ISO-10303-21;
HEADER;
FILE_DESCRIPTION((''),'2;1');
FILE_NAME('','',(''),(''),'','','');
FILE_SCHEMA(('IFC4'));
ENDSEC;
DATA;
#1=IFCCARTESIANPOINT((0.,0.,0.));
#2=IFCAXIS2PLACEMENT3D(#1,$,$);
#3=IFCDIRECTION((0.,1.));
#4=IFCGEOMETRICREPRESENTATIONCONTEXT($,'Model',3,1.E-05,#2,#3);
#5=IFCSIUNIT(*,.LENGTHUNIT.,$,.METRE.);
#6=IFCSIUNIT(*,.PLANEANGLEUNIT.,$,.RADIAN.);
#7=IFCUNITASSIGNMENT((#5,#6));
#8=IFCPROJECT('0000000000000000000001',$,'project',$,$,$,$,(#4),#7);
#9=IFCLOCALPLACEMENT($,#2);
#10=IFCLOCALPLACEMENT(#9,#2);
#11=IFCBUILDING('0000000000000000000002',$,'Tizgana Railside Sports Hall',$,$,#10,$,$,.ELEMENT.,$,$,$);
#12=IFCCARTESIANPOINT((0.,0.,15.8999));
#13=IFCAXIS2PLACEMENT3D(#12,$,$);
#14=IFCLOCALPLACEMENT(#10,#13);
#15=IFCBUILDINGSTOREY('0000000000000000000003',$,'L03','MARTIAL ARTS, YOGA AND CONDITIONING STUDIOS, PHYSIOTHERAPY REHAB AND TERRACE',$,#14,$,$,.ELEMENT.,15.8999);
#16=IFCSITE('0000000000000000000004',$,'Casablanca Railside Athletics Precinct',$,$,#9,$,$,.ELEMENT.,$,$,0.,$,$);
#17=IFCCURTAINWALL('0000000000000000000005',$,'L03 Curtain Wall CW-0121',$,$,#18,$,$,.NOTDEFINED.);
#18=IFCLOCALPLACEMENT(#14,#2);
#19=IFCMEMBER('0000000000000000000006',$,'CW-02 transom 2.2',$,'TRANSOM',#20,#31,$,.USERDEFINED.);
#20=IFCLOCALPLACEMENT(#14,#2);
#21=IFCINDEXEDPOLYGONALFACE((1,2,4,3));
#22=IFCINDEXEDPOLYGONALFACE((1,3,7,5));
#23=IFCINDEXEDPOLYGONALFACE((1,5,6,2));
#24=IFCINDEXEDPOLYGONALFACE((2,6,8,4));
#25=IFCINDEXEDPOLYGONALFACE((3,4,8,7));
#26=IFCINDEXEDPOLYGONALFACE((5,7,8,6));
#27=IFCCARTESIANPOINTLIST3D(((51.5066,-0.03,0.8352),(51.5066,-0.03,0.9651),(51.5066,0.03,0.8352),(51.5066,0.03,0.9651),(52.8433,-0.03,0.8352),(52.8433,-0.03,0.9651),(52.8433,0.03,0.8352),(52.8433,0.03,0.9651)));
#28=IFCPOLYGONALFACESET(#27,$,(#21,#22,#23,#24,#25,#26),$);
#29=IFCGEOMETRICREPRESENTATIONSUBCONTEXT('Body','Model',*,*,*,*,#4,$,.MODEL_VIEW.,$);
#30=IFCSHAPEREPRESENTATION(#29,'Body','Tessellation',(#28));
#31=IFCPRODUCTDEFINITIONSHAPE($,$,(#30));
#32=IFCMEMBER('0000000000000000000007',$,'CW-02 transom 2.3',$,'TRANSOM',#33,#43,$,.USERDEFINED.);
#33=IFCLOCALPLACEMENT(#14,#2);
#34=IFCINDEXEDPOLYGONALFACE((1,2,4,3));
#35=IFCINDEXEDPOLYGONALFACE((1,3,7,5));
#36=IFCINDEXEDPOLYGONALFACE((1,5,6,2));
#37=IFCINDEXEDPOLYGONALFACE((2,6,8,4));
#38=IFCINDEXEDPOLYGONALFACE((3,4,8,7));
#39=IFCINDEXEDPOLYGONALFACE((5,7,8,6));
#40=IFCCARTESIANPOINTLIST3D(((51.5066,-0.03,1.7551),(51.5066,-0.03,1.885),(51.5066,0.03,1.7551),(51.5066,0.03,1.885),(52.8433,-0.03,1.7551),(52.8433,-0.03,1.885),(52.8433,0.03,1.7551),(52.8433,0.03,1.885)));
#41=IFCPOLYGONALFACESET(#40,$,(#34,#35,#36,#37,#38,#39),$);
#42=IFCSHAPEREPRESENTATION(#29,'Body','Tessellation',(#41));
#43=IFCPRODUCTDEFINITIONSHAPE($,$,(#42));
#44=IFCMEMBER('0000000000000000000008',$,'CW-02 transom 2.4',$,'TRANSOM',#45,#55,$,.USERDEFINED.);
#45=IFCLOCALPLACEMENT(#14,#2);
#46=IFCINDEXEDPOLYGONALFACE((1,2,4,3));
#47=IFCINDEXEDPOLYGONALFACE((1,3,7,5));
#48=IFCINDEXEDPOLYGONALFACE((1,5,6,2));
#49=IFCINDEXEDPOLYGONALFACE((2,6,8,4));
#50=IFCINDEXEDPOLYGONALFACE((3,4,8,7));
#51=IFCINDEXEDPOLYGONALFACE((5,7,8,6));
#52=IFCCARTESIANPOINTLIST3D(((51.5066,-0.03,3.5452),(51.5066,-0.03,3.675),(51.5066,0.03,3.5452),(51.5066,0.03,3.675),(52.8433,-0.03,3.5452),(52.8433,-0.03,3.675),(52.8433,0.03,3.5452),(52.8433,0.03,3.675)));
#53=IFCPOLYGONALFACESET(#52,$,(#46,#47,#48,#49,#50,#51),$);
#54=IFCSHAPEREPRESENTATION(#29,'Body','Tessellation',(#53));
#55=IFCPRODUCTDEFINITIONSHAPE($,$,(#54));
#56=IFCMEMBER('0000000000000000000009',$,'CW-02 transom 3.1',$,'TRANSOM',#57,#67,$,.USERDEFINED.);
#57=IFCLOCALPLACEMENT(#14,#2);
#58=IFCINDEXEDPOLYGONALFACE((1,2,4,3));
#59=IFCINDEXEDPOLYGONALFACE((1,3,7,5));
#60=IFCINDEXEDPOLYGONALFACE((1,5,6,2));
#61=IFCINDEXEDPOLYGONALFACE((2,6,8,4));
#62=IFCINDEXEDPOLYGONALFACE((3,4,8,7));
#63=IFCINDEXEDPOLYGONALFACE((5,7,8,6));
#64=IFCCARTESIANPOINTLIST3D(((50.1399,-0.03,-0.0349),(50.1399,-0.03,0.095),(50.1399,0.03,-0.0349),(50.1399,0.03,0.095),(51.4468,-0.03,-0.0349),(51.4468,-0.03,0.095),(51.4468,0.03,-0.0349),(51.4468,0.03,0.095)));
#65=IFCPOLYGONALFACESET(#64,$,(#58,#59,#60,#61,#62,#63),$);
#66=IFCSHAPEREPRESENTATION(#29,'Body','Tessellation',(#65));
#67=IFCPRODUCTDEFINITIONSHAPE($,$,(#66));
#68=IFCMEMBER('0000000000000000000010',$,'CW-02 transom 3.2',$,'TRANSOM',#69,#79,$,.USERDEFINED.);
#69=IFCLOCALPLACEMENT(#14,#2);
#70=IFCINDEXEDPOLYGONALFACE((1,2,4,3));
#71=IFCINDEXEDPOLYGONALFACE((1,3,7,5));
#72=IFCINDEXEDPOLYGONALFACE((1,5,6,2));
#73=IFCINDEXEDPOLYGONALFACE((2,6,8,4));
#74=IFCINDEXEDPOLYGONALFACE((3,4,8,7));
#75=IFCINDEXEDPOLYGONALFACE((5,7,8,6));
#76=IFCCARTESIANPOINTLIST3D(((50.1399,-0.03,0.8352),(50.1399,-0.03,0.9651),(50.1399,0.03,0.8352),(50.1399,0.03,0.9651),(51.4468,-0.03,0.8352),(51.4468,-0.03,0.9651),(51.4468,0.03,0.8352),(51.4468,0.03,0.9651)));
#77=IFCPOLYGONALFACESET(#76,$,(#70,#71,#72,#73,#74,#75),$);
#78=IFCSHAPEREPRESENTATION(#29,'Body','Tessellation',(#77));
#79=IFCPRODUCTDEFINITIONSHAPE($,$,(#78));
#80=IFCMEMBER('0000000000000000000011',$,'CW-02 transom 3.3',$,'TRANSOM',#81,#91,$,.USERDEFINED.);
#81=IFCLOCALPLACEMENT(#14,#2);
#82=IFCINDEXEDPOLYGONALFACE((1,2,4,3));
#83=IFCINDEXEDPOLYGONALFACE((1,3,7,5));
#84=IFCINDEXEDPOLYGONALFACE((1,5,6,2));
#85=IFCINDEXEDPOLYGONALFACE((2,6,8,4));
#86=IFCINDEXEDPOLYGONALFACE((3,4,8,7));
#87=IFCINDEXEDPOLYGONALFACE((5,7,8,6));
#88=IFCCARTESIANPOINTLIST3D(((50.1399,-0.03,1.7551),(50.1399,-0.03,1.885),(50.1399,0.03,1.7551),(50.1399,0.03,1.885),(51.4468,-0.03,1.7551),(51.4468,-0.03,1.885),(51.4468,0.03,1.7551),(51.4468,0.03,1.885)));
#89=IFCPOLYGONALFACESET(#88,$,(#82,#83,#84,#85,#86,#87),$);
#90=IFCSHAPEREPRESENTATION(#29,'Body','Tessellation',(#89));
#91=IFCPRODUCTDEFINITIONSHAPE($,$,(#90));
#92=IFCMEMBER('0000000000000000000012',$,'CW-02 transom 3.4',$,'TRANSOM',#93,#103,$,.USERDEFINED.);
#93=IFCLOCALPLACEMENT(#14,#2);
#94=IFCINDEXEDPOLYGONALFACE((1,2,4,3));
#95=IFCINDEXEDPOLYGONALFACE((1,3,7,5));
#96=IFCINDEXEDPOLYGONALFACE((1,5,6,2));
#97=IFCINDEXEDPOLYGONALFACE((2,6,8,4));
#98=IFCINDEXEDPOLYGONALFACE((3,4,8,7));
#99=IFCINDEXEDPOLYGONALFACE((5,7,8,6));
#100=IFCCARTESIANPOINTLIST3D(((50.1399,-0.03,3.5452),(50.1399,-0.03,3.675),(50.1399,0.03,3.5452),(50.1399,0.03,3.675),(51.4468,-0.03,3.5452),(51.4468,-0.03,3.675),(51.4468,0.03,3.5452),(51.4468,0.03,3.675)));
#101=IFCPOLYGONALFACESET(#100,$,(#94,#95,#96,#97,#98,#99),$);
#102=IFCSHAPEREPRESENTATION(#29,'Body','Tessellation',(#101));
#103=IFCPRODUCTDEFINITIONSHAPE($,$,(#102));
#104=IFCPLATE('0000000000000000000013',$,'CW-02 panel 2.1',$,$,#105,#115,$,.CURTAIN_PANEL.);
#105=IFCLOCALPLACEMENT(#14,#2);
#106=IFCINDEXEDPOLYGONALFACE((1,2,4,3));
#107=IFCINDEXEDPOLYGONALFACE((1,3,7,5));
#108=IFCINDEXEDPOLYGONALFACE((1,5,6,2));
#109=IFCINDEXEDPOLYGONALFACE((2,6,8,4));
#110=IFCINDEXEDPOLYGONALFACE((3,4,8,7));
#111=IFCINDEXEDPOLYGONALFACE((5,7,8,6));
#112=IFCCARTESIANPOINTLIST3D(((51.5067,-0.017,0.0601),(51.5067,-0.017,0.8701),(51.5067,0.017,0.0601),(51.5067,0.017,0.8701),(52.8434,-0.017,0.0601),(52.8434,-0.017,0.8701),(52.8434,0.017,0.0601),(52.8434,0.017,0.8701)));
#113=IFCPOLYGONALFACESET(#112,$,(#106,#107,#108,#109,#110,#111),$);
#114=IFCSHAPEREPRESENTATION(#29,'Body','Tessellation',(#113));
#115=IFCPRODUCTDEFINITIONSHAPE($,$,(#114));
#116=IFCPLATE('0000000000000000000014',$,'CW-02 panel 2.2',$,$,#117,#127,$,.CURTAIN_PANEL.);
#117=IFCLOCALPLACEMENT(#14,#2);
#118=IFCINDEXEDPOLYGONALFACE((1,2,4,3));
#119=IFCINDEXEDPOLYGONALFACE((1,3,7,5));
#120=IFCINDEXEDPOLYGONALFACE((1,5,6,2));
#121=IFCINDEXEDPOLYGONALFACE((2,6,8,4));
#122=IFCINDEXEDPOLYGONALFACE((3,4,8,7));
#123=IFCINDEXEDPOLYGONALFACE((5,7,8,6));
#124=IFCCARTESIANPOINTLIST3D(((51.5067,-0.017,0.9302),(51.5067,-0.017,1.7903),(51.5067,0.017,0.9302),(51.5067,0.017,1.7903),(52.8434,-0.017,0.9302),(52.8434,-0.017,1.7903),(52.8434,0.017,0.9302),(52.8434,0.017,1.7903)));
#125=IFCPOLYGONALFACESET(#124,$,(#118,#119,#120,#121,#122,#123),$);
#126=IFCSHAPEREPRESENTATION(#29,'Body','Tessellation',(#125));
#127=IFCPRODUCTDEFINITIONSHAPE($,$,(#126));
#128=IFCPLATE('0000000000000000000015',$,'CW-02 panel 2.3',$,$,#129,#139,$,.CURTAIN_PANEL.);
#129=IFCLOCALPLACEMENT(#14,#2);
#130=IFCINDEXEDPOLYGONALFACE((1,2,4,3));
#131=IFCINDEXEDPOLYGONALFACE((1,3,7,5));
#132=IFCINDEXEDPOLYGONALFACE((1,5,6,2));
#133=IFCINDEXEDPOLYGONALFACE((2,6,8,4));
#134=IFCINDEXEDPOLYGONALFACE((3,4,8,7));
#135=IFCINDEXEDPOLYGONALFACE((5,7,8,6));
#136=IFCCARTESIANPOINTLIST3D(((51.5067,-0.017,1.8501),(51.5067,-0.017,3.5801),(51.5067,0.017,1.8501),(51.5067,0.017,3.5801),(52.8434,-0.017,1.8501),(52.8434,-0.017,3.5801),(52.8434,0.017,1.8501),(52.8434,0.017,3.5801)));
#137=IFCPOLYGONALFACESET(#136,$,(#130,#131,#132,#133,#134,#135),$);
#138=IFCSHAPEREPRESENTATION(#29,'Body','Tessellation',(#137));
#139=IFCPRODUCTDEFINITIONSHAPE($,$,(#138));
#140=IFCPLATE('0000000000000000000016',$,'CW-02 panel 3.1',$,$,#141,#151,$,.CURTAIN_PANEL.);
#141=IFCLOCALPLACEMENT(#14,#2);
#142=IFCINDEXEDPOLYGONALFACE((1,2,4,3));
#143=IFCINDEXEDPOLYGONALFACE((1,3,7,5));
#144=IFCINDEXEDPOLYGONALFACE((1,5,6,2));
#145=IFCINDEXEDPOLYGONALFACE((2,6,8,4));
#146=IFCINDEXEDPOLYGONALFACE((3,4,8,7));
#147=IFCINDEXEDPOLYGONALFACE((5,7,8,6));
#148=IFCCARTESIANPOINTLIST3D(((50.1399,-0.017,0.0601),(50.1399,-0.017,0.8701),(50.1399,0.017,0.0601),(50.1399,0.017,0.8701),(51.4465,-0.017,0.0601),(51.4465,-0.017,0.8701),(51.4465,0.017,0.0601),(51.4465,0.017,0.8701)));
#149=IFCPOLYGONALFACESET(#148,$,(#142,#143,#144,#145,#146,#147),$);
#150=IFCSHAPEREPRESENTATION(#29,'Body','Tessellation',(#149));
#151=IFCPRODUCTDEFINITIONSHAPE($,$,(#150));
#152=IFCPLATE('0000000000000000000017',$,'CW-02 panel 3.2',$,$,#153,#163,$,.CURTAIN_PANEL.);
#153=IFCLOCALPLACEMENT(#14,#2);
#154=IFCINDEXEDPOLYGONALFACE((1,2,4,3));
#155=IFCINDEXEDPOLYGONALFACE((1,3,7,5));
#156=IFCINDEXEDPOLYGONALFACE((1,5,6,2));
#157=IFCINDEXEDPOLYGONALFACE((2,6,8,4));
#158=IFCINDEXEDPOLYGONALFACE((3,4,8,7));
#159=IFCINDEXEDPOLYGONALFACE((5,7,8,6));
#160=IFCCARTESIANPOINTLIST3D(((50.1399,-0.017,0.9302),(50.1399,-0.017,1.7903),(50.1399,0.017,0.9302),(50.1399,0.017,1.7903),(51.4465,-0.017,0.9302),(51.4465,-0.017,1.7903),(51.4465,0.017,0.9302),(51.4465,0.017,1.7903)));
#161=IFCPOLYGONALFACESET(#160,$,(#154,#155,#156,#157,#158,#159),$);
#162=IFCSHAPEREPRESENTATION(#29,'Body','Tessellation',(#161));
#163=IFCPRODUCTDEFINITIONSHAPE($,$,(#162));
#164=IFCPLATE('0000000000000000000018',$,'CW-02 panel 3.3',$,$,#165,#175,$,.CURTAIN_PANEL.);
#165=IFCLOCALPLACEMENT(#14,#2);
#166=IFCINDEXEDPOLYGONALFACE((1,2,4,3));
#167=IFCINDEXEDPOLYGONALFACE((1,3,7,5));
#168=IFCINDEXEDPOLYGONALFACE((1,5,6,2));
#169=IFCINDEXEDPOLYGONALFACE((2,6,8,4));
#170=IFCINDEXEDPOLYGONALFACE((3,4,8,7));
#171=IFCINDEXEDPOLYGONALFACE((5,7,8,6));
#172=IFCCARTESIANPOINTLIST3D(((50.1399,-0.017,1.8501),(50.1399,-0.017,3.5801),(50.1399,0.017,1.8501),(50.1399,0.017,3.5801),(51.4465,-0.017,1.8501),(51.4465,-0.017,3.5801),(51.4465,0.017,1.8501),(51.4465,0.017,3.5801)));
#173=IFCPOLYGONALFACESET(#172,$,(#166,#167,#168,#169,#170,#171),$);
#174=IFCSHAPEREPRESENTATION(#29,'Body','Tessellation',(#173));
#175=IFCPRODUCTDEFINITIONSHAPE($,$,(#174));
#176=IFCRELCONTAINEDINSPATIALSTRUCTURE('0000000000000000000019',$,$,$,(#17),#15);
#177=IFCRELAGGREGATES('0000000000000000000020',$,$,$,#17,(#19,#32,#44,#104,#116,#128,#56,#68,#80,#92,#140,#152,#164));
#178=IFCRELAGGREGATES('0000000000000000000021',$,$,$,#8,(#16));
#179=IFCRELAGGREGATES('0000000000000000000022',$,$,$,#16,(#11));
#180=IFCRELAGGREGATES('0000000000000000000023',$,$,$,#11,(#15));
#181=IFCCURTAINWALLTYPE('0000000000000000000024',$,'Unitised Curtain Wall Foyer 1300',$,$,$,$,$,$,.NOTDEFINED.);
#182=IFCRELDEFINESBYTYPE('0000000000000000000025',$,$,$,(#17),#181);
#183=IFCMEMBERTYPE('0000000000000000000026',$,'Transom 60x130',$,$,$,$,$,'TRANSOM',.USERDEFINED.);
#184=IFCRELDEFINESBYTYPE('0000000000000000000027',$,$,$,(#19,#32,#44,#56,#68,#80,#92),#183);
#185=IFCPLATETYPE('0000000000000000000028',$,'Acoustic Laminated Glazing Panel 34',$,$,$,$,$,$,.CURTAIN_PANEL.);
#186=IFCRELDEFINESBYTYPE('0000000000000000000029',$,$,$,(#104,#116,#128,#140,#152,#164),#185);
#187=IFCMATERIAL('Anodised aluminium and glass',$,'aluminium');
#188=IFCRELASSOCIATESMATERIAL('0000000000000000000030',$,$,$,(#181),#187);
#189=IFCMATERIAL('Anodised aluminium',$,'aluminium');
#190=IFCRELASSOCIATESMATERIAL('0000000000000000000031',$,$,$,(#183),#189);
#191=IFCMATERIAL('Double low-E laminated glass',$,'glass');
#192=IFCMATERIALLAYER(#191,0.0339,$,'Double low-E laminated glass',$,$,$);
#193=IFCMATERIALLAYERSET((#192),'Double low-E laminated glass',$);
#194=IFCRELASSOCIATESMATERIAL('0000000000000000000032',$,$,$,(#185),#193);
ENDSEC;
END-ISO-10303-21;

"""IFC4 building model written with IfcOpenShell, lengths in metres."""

from ifc_helpers import new_model, si_unit, direction, frame, origin, origin_2d, place, context, subcontext, project, spatial, rectangle, extrude, material, layer, layer_set, material_profile, profile_set, type_object, element, aggregate, save


model = new_model("IFC4")

# Units and contexts
model_context = context("Model", 3, precision=1e-05, world=origin(), true_north=direction((0.0, 1.0)))
body_context = subcontext(model_context, "Body", "Model", "MODEL_VIEW")
ifc_project = project(units=[si_unit("LENGTHUNIT", "METRE"), si_unit("PLANEANGLEUNIT", "RADIAN")], contexts=[model_context])

# Site, building, storey
site_placement = place(None, origin())
site = spatial("IfcSite", under=ifc_project, at=site_placement, Name="Casablanca Railside Athletics Precinct", CompositionType="ELEMENT", RefElevation=0.0)
building_placement = place(site_placement, origin())
building = spatial("IfcBuilding", under=site, at=building_placement, Name="Tizgana Railside Sports Hall", CompositionType="ELEMENT")
storey_placement = place(building_placement, frame((0.0, 0.0, 15.8999)))
storey = spatial("IfcBuildingStorey", under=building, at=storey_placement, Name="L03", Description="MARTIAL ARTS, YOGA AND CONDITIONING STUDIOS, PHYSIOTHERAPY REHAB AND TERRACE", CompositionType="ELEMENT", Elevation=15.8999)

# Curtain wall
ifc_material_1 = material(Name="Anodised aluminium and glass", Category="aluminium")
curtain_wall_type = type_object("IfcCurtainWallType", Name="Unitised Curtain Wall Foyer 1300", PredefinedType="NOTDEFINED", material=ifc_material_1)
curtain_wall_placement = place(storey_placement, origin())
curtain_wall = element("IfcCurtainWall", 1, at=curtain_wall_placement, inside=storey, type_object=curtain_wall_type, Name="L03 Curtain Wall CW-0121", PredefinedType="NOTDEFINED")
ifc_material_2 = material(Name="Anodised aluminium", Category="aluminium")

# Members
ifc_material_profile_1 = material_profile(ifc_material_2, rectangle(XDim=0.0601, YDim=0.1299, at=origin_2d()), Name="Transom 60x130")
ifc_profile_set_1 = profile_set([ifc_material_profile_1], Name="Anodised aluminium")
member_type_1 = type_object("IfcMemberType", Name="Transom 60x130", ElementType="TRANSOM", PredefinedType="USERDEFINED", material=ifc_profile_set_1)
member_1_placement = place(storey_placement, frame((52.8433, 0.0, 0.9001), z_axis=(-1.0, 0.0, 0.0), x_axis=(0.0, -1.0, 0.0)))
member_1 = element("IfcMember", 2, at=member_1_placement, type_object=member_type_1, Name="CW-02 transom 2.2", ObjectType="TRANSOM", PredefinedType="USERDEFINED", context=body_context, shape_type="SweptSolid", body=[
    extrude(rectangle(XDim=0.0601, YDim=0.1299, at=origin_2d()), origin(), (0.0, 0.0, 1.0), 1.3367),
])
member_2_placement = place(storey_placement, frame((52.8433, 0.0, 1.8201), z_axis=(-1.0, 0.0, 0.0), x_axis=(0.0, -1.0, 0.0)))
member_2 = element("IfcMember", 3, at=member_2_placement, type_object=member_type_1, Name="CW-02 transom 2.3", ObjectType="TRANSOM", PredefinedType="USERDEFINED", context=body_context, shape_type="SweptSolid", body=[
    extrude(rectangle(XDim=0.0601, YDim=0.1299, at=origin_2d()), origin(), (0.0, 0.0, 1.0), 1.3367),
])
member_3_placement = place(storey_placement, frame((52.8433, 0.0, 3.6101), z_axis=(-1.0, 0.0, 0.0), x_axis=(0.0, -1.0, 0.0)))
member_3 = element("IfcMember", 4, at=member_3_placement, type_object=member_type_1, Name="CW-02 transom 2.4", ObjectType="TRANSOM", PredefinedType="USERDEFINED", context=body_context, shape_type="SweptSolid", body=[
    extrude(rectangle(XDim=0.0601, YDim=0.1299, at=origin_2d()), origin(), (0.0, 0.0, 1.0), 1.3367),
])
member_4_placement = place(storey_placement, frame((51.4468, 0.0, 0.03), z_axis=(-1.0, 0.0, 0.0), x_axis=(0.0, -1.0, 0.0)))
member_4 = element("IfcMember", 5, at=member_4_placement, type_object=member_type_1, Name="CW-02 transom 3.1", ObjectType="TRANSOM", PredefinedType="USERDEFINED", context=body_context, shape_type="SweptSolid", body=[
    extrude(rectangle(XDim=0.0601, YDim=0.1299, at=origin_2d()), origin(), (0.0, 0.0, 1.0), 1.3069),
])
member_5_placement = place(storey_placement, frame((51.4468, 0.0, 0.9001), z_axis=(-1.0, 0.0, 0.0), x_axis=(0.0, -1.0, 0.0)))
member_5 = element("IfcMember", 6, at=member_5_placement, type_object=member_type_1, Name="CW-02 transom 3.2", ObjectType="TRANSOM", PredefinedType="USERDEFINED", context=body_context, shape_type="SweptSolid", body=[
    extrude(rectangle(XDim=0.0601, YDim=0.1299, at=origin_2d()), origin(), (0.0, 0.0, 1.0), 1.3069),
])
member_6_placement = place(storey_placement, frame((51.4468, 0.0, 1.8201), z_axis=(-1.0, 0.0, 0.0), x_axis=(0.0, -1.0, 0.0)))
member_6 = element("IfcMember", 7, at=member_6_placement, type_object=member_type_1, Name="CW-02 transom 3.3", ObjectType="TRANSOM", PredefinedType="USERDEFINED", context=body_context, shape_type="SweptSolid", body=[
    extrude(rectangle(XDim=0.0601, YDim=0.1299, at=origin_2d()), origin(), (0.0, 0.0, 1.0), 1.3069),
])
member_7_placement = place(storey_placement, frame((51.4468, 0.0, 3.6101), z_axis=(-1.0, 0.0, 0.0), x_axis=(0.0, -1.0, 0.0)))
member_7 = element("IfcMember", 8, at=member_7_placement, type_object=member_type_1, Name="CW-02 transom 3.4", ObjectType="TRANSOM", PredefinedType="USERDEFINED", context=body_context, shape_type="SweptSolid", body=[
    extrude(rectangle(XDim=0.0601, YDim=0.1299, at=origin_2d()), origin(), (0.0, 0.0, 1.0), 1.3069),
])

# Plates
ifc_material_3 = material(Name="Double low-E laminated glass", Category="glass")
ifc_layer_1 = layer(ifc_material_3, 0.0339, Name="Double low-E laminated glass")
ifc_layer_set_1 = layer_set([ifc_layer_1], Name="Double low-E laminated glass")
plate_type = type_object("IfcPlateType", Name="Acoustic Laminated Glazing Panel 34", PredefinedType="CURTAIN_PANEL", material=ifc_layer_set_1)
plate_1_placement = place(storey_placement, frame((52.175, 0.0, 0.0601), z_axis=(0.0, 0.0, 1.0), x_axis=(-1.0, 0.0, 0.0)))
plate_1 = element("IfcPlate", 9, at=plate_1_placement, type_object=plate_type, Name="CW-02 panel 2.1", PredefinedType="CURTAIN_PANEL", context=body_context, shape_type="SweptSolid", body=[
    extrude(rectangle(XDim=1.3367, YDim=0.0339, at=origin_2d()), origin(), (0.0, 0.0, 1.0), 0.8101),
])
plate_2_placement = place(storey_placement, frame((52.175, 0.0, 0.9302), z_axis=(0.0, 0.0, 1.0), x_axis=(-1.0, 0.0, 0.0)))
plate_2 = element("IfcPlate", 10, at=plate_2_placement, type_object=plate_type, Name="CW-02 panel 2.2", PredefinedType="CURTAIN_PANEL", context=body_context, shape_type="SweptSolid", body=[
    extrude(rectangle(XDim=1.3367, YDim=0.0339, at=origin_2d()), origin(), (0.0, 0.0, 1.0), 0.8601),
])
plate_3_placement = place(storey_placement, frame((52.175, 0.0, 1.8501), z_axis=(0.0, 0.0, 1.0), x_axis=(-1.0, 0.0, 0.0)))
plate_3 = element("IfcPlate", 11, at=plate_3_placement, type_object=plate_type, Name="CW-02 panel 2.3", PredefinedType="CURTAIN_PANEL", context=body_context, shape_type="SweptSolid", body=[
    extrude(rectangle(XDim=1.3367, YDim=0.0339, at=origin_2d()), origin(), (0.0, 0.0, 1.0), 1.73),
])
plate_4_placement = place(storey_placement, frame((50.7932, 0.0, 0.0601), z_axis=(0.0, 0.0, 1.0), x_axis=(-1.0, 0.0, 0.0)))
plate_4 = element("IfcPlate", 12, at=plate_4_placement, type_object=plate_type, Name="CW-02 panel 3.1", PredefinedType="CURTAIN_PANEL", context=body_context, shape_type="SweptSolid", body=[
    extrude(rectangle(XDim=1.3066, YDim=0.0339, at=origin_2d()), origin(), (0.0, 0.0, 1.0), 0.8101),
])
plate_5_placement = place(storey_placement, frame((50.7932, 0.0, 0.9302), z_axis=(0.0, 0.0, 1.0), x_axis=(-1.0, 0.0, 0.0)))
plate_5 = element("IfcPlate", 13, at=plate_5_placement, type_object=plate_type, Name="CW-02 panel 3.2", PredefinedType="CURTAIN_PANEL", context=body_context, shape_type="SweptSolid", body=[
    extrude(rectangle(XDim=1.3066, YDim=0.0339, at=origin_2d()), origin(), (0.0, 0.0, 1.0), 0.8601),
])
plate_6_placement = place(storey_placement, frame((50.7932, 0.0, 1.8501), z_axis=(0.0, 0.0, 1.0), x_axis=(-1.0, 0.0, 0.0)))
plate_6 = element("IfcPlate", 14, at=plate_6_placement, type_object=plate_type, Name="CW-02 panel 3.3", PredefinedType="CURTAIN_PANEL", context=body_context, shape_type="SweptSolid", body=[
    extrude(rectangle(XDim=1.3066, YDim=0.0339, at=origin_2d()), origin(), (0.0, 0.0, 1.0), 1.73),
])
aggregate(curtain_wall, [member_1, member_2, member_3, plate_1, plate_2, plate_3, member_4, member_5, member_6, member_7, plate_4, plate_5, plate_6])

save(model, "model.ifc")
